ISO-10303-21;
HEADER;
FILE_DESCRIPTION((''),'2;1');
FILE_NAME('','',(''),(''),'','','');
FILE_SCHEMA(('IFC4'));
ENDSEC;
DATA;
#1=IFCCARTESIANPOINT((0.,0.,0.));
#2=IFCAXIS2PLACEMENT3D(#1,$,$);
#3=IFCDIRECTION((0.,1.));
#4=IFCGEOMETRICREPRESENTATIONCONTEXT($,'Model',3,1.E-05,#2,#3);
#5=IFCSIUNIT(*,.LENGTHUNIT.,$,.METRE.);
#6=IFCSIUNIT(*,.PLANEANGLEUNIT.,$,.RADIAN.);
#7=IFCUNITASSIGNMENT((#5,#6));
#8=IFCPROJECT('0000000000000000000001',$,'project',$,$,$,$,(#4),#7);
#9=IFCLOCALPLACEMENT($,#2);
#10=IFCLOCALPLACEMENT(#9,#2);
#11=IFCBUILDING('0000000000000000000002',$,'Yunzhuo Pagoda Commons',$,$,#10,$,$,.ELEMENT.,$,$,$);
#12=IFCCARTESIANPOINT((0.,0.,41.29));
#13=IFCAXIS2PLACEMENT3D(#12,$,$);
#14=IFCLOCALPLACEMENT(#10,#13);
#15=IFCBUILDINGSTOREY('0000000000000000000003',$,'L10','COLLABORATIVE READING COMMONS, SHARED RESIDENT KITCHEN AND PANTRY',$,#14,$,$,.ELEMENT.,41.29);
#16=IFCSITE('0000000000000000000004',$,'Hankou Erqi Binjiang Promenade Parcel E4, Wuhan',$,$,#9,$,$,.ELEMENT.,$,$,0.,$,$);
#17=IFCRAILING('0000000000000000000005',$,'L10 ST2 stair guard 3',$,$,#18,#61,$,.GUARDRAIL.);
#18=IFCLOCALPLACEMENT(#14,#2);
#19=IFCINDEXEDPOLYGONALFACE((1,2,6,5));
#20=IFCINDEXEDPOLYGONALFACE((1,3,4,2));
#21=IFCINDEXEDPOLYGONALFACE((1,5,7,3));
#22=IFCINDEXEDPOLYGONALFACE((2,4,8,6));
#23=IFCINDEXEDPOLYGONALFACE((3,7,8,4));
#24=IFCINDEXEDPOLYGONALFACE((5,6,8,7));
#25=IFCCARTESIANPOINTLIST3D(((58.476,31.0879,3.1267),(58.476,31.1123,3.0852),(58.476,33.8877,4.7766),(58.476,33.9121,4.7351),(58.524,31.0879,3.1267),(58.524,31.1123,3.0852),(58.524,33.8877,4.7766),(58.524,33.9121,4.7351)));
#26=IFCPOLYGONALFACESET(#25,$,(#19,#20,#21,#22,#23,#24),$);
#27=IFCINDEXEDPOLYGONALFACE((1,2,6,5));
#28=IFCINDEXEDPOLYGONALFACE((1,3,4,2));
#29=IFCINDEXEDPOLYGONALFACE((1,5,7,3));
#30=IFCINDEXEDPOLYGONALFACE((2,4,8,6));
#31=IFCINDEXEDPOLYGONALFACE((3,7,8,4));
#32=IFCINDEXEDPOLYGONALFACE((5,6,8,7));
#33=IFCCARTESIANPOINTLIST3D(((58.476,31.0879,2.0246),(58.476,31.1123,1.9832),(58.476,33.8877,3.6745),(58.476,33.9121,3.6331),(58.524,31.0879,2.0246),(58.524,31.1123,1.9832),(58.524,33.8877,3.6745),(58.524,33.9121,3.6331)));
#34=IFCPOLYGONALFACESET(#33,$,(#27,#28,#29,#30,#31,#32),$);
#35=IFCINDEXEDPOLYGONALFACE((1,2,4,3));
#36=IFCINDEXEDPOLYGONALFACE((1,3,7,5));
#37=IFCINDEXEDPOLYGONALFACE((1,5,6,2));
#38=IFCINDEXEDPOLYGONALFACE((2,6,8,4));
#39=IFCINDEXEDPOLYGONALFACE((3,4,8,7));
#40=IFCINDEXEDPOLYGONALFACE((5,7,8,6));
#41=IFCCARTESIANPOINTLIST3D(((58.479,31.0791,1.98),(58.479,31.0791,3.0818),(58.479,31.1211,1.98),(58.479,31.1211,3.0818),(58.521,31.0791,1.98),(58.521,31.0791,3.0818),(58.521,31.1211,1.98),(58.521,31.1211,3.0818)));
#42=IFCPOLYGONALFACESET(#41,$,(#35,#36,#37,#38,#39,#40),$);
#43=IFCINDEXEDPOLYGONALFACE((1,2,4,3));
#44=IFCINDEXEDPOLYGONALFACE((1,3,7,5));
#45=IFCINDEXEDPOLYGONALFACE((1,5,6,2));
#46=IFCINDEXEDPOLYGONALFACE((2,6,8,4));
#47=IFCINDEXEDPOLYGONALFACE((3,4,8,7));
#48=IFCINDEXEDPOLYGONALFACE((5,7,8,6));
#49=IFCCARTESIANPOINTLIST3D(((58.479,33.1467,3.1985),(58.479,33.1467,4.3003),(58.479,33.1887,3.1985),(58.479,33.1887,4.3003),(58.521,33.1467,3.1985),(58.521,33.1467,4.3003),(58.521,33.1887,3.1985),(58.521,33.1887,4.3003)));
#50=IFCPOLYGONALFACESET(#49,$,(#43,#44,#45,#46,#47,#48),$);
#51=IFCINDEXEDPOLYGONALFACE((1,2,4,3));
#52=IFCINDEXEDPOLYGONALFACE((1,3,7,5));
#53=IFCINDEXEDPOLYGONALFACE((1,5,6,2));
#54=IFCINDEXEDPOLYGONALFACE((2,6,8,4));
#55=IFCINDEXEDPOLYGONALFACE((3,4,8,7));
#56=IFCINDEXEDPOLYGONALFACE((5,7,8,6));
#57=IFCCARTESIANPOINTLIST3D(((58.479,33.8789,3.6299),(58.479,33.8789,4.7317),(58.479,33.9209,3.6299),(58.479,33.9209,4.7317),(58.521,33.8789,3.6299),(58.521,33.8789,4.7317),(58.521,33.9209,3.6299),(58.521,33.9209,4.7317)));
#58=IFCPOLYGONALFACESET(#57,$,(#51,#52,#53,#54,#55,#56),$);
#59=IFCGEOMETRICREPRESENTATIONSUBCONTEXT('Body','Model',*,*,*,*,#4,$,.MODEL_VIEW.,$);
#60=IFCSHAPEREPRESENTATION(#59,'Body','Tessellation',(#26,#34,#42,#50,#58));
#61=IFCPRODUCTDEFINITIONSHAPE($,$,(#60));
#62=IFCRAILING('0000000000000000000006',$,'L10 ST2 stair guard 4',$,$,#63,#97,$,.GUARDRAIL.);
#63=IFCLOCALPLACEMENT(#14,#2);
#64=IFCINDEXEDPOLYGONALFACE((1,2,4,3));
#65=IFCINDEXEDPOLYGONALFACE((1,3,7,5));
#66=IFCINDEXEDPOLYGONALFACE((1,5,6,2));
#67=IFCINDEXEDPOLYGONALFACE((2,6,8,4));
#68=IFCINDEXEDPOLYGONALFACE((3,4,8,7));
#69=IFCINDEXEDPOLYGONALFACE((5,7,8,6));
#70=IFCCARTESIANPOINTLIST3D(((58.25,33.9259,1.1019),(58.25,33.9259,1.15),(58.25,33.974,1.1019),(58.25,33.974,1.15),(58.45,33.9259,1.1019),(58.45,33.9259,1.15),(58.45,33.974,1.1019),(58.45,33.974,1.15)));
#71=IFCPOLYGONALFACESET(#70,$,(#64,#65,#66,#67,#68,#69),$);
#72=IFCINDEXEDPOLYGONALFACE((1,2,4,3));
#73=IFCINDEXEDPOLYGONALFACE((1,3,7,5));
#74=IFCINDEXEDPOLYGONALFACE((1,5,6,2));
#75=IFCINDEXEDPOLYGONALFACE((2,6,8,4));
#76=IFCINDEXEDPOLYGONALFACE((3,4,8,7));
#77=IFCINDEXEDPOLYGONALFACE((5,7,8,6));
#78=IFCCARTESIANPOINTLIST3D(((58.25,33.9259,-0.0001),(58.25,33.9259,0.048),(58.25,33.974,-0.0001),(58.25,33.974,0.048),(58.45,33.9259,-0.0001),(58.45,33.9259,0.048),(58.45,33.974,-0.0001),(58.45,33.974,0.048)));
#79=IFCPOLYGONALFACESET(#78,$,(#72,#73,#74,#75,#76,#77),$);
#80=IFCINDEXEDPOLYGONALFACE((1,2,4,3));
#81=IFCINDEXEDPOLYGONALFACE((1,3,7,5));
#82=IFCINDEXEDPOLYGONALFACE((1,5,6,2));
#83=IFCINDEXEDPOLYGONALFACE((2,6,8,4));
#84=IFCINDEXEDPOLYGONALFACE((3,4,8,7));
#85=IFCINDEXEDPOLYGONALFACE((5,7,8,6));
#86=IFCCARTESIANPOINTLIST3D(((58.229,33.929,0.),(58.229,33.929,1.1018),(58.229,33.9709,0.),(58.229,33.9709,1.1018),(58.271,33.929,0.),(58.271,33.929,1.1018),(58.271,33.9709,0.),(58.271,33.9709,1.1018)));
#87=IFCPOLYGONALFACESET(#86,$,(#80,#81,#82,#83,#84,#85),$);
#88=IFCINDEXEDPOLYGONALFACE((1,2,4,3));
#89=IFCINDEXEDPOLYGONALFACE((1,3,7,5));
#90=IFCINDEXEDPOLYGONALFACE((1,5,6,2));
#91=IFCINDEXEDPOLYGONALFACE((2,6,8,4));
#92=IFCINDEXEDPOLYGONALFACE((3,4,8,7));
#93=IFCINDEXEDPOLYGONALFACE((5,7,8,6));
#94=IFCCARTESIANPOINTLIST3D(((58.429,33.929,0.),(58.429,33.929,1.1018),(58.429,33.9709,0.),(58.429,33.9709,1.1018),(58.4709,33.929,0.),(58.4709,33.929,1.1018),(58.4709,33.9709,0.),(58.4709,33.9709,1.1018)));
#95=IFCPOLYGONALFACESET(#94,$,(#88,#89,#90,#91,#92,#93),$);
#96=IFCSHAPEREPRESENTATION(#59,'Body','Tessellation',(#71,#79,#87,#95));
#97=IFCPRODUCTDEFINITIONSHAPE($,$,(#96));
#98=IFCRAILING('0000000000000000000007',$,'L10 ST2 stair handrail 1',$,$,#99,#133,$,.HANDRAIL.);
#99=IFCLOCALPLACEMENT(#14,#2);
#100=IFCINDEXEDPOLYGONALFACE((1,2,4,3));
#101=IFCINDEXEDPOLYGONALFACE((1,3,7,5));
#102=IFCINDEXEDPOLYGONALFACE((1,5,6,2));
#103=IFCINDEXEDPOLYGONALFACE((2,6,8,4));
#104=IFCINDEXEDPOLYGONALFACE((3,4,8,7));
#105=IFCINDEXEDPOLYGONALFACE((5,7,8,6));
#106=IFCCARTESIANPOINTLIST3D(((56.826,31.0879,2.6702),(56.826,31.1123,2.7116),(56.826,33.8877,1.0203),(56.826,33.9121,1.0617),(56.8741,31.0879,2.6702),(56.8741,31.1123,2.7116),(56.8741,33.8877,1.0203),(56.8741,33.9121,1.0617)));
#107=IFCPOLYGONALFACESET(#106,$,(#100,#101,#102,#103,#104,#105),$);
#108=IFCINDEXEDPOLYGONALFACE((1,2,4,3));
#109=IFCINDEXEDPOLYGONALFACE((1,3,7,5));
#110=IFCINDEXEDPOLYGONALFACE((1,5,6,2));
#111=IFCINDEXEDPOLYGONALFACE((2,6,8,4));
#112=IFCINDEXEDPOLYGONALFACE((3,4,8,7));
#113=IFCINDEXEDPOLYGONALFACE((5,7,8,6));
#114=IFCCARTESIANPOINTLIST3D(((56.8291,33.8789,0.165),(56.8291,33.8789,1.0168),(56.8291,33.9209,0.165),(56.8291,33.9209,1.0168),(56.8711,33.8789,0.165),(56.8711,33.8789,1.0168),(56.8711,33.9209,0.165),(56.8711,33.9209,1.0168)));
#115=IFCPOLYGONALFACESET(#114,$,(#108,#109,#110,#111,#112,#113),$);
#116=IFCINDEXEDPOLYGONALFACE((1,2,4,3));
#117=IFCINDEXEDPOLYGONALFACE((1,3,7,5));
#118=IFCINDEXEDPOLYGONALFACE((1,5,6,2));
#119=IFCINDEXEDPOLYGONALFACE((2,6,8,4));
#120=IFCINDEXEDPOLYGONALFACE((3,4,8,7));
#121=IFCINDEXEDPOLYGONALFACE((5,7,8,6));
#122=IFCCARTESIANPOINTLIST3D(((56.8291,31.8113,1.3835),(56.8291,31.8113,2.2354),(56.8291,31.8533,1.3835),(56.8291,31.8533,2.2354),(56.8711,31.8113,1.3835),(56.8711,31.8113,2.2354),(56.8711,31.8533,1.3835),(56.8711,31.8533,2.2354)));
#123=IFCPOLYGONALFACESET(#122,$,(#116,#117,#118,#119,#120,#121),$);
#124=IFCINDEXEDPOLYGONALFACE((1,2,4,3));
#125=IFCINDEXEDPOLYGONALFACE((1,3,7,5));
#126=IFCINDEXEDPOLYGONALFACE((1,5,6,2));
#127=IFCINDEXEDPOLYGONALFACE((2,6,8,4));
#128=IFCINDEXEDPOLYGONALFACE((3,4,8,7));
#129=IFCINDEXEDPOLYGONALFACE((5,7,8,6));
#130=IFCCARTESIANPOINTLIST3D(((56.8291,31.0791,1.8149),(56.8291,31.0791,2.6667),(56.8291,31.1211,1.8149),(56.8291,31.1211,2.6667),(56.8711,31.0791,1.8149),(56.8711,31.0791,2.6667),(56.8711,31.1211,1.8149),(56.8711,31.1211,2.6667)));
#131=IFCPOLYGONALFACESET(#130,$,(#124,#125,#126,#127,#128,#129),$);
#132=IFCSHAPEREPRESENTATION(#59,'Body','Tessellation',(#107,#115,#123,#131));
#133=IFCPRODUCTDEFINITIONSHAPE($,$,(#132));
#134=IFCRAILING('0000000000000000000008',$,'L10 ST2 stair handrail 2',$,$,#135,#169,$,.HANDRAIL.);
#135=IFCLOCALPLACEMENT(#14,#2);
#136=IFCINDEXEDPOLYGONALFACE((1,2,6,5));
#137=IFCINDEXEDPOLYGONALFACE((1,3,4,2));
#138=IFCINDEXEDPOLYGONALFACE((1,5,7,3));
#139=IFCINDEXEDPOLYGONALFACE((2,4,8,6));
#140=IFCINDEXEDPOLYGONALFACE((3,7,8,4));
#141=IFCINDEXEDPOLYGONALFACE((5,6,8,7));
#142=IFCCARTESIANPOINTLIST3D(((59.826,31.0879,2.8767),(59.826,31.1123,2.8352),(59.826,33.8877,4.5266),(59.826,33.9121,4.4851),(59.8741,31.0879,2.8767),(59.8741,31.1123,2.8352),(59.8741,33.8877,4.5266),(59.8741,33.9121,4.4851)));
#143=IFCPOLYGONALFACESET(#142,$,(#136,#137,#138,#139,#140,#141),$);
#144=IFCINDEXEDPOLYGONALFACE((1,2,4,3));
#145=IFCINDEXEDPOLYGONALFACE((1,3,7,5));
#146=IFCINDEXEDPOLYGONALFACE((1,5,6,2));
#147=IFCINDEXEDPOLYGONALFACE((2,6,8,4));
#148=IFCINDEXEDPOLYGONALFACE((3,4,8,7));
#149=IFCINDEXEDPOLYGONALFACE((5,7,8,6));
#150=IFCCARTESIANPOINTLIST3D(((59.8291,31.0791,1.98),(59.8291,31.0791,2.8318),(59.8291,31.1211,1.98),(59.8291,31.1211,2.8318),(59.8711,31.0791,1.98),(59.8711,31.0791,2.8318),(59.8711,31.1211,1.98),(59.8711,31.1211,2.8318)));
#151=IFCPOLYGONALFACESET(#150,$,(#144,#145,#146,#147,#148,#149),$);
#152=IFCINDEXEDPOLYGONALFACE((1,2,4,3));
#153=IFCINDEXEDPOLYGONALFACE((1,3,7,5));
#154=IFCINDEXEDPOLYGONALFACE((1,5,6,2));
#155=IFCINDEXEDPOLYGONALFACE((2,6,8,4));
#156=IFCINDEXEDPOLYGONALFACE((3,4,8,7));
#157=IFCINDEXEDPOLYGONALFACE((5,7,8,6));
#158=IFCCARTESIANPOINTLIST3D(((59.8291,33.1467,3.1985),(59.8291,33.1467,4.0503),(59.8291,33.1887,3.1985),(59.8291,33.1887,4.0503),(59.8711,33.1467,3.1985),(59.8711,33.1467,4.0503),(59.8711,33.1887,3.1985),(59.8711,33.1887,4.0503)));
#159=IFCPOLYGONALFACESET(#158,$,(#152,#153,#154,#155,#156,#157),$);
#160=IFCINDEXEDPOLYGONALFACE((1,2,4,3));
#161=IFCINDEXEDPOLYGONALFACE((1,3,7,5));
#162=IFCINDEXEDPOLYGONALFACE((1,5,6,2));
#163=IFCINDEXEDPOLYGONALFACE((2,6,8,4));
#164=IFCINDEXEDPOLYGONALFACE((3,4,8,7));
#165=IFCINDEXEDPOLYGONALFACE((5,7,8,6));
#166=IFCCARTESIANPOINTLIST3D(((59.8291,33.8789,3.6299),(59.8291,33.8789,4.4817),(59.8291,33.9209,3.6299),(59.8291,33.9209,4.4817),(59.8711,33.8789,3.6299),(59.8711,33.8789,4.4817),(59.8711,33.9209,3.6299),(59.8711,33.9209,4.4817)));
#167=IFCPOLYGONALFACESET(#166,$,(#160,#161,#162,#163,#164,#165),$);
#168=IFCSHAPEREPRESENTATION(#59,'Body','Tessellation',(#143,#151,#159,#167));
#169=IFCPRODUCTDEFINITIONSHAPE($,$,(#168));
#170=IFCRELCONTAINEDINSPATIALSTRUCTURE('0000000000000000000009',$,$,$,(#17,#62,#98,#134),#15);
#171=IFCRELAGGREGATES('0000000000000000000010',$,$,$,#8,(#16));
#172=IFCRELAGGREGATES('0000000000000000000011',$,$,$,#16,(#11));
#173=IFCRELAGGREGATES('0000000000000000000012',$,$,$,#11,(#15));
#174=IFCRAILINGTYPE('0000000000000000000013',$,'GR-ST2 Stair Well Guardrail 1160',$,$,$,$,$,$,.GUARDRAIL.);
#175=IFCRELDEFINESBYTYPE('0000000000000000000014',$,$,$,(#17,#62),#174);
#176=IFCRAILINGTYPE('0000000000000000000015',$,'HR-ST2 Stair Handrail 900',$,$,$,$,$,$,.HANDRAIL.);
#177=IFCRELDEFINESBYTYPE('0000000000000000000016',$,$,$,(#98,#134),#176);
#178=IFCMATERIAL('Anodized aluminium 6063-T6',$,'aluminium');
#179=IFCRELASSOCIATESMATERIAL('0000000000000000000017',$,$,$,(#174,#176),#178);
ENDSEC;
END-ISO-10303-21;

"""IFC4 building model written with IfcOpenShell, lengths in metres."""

from ifc_helpers import new_model, si_unit, direction, frame, origin, origin_2d, place, context, subcontext, project, spatial, rectangle, extrude, material, type_object, element, save


model = new_model("IFC4")

# Units and contexts
model_context = context("Model", 3, precision=1e-05, world=origin(), true_north=direction((0.0, 1.0)))
body_context = subcontext(model_context, "Body", "Model", "MODEL_VIEW")
ifc_project = project(units=[si_unit("LENGTHUNIT", "METRE"), si_unit("PLANEANGLEUNIT", "RADIAN")], contexts=[model_context])

# Site, building, storey
site_placement = place(None, origin())
site = spatial("IfcSite", under=ifc_project, at=site_placement, Name="Hankou Erqi Binjiang Promenade Parcel E4, Wuhan", CompositionType="ELEMENT", RefElevation=0.0)
building_placement = place(site_placement, origin())
building = spatial("IfcBuilding", under=site, at=building_placement, Name="Yunzhuo Pagoda Commons", CompositionType="ELEMENT")
storey_placement = place(building_placement, frame((0.0, 0.0, 41.29)))
storey = spatial("IfcBuildingStorey", under=building, at=storey_placement, Name="L10", Description="COLLABORATIVE READING COMMONS, SHARED RESIDENT KITCHEN AND PANTRY", CompositionType="ELEMENT", Elevation=41.29)

# Railings
ifc_material_1 = material(Name="Anodized aluminium 6063-T6", Category="aluminium")
railing_type_1 = type_object("IfcRailingType", Name="GR-ST2 Stair Well Guardrail 1160", PredefinedType="GUARDRAIL", material=ifc_material_1)
railing_1_placement = place(storey_placement, frame((58.5, 31.1001, 1.98)))
element("IfcRailing", 1, at=railing_1_placement, inside=storey, type_object=railing_type_1, Name="L10 ST2 stair guard 3", PredefinedType="GUARDRAIL", context=body_context, shape_type="SweptSolid", body=[
    extrude(rectangle(XDim=0.0481, YDim=0.0481, at=origin_2d()), frame((0.0, 0.0, 1.126), z_axis=(0.0, 0.861536, 0.507696), x_axis=(-1.0, 0.0, 0.0)), (0.0, 0.0, 1.0), 3.2498),
    extrude(rectangle(XDim=0.0481, YDim=0.0481, at=origin_2d()), frame((0.0, 0.0, 0.0239), z_axis=(0.0, 0.861536, 0.507696), x_axis=(-1.0, 0.0, 0.0)), (0.0, 0.0, 1.0), 3.2498),
    extrude(rectangle(XDim=0.042, YDim=0.042, at=origin_2d()), origin(), (0.0, 0.0, 1.0), 1.1018),
    extrude(rectangle(XDim=0.042, YDim=0.042, at=origin_2d()), frame((0.0, 2.0676, 1.2185)), (0.0, 0.0, 1.0), 1.1018),
    extrude(rectangle(XDim=0.042, YDim=0.042, at=origin_2d()), frame((0.0, 2.7998, 1.6499)), (0.0, 0.0, 1.0), 1.1018),
])
railing_2_placement = place(storey_placement, frame((58.25, 33.95, 0.0)))
element("IfcRailing", 2, at=railing_2_placement, inside=storey, type_object=railing_type_1, Name="L10 ST2 stair guard 4", PredefinedType="GUARDRAIL", context=body_context, shape_type="SweptSolid", body=[
    extrude(rectangle(XDim=0.0481, YDim=0.0481, at=origin_2d()), frame((0.0, 0.0, 1.126), z_axis=(1.0, 0.0, 0.0), x_axis=(0.0, 1.0, 0.0)), (0.0, 0.0, 1.0), 0.2),
    extrude(rectangle(XDim=0.0481, YDim=0.0481, at=origin_2d()), frame((0.0, 0.0, 0.0239), z_axis=(1.0, 0.0, 0.0), x_axis=(0.0, 1.0, 0.0)), (0.0, 0.0, 1.0), 0.2),
    extrude(rectangle(XDim=0.042, YDim=0.042, at=origin_2d()), origin(), (0.0, 0.0, 1.0), 1.1018),
    extrude(rectangle(XDim=0.042, YDim=0.042, at=origin_2d()), frame((0.2, 0.0, 0.0)), (0.0, 0.0, 1.0), 1.1018),
])
railing_type_2 = type_object("IfcRailingType", Name="HR-ST2 Stair Handrail 900", PredefinedType="HANDRAIL", material=ifc_material_1)
railing_3_placement = place(storey_placement, frame((56.8501, 33.8999, 0.165)))
element("IfcRailing", 3, at=railing_3_placement, inside=storey, type_object=railing_type_2, Name="L10 ST2 stair handrail 1", PredefinedType="HANDRAIL", context=body_context, shape_type="SweptSolid", body=[
    extrude(rectangle(XDim=0.0481, YDim=0.0481, at=origin_2d()), frame((0.0, 0.0, 0.876), z_axis=(0.0, -0.861536, 0.507696), x_axis=(1.0, 0.0, 0.0)), (0.0, 0.0, 1.0), 3.2498),
    extrude(rectangle(XDim=0.042, YDim=0.042, at=origin_2d()), origin(), (0.0, 0.0, 1.0), 0.8518),
    extrude(rectangle(XDim=0.042, YDim=0.042, at=origin_2d()), frame((0.0, -2.0676, 1.2185)), (0.0, 0.0, 1.0), 0.8518),
    extrude(rectangle(XDim=0.042, YDim=0.042, at=origin_2d()), frame((0.0, -2.7998, 1.6499)), (0.0, 0.0, 1.0), 0.8518),
])
railing_4_placement = place(storey_placement, frame((59.8501, 31.1001, 1.98)))
element("IfcRailing", 4, at=railing_4_placement, inside=storey, type_object=railing_type_2, Name="L10 ST2 stair handrail 2", PredefinedType="HANDRAIL", context=body_context, shape_type="SweptSolid", body=[
    extrude(rectangle(XDim=0.0481, YDim=0.0481, at=origin_2d()), frame((0.0, 0.0, 0.876), z_axis=(0.0, 0.861536, 0.507696), x_axis=(-1.0, 0.0, 0.0)), (0.0, 0.0, 1.0), 3.2498),
    extrude(rectangle(XDim=0.042, YDim=0.042, at=origin_2d()), origin(), (0.0, 0.0, 1.0), 0.8518),
    extrude(rectangle(XDim=0.042, YDim=0.042, at=origin_2d()), frame((0.0, 2.0676, 1.2185)), (0.0, 0.0, 1.0), 0.8518),
    extrude(rectangle(XDim=0.042, YDim=0.042, at=origin_2d()), frame((0.0, 2.7998, 1.6499)), (0.0, 0.0, 1.0), 0.8518),
])

save(model, "model.ifc")
